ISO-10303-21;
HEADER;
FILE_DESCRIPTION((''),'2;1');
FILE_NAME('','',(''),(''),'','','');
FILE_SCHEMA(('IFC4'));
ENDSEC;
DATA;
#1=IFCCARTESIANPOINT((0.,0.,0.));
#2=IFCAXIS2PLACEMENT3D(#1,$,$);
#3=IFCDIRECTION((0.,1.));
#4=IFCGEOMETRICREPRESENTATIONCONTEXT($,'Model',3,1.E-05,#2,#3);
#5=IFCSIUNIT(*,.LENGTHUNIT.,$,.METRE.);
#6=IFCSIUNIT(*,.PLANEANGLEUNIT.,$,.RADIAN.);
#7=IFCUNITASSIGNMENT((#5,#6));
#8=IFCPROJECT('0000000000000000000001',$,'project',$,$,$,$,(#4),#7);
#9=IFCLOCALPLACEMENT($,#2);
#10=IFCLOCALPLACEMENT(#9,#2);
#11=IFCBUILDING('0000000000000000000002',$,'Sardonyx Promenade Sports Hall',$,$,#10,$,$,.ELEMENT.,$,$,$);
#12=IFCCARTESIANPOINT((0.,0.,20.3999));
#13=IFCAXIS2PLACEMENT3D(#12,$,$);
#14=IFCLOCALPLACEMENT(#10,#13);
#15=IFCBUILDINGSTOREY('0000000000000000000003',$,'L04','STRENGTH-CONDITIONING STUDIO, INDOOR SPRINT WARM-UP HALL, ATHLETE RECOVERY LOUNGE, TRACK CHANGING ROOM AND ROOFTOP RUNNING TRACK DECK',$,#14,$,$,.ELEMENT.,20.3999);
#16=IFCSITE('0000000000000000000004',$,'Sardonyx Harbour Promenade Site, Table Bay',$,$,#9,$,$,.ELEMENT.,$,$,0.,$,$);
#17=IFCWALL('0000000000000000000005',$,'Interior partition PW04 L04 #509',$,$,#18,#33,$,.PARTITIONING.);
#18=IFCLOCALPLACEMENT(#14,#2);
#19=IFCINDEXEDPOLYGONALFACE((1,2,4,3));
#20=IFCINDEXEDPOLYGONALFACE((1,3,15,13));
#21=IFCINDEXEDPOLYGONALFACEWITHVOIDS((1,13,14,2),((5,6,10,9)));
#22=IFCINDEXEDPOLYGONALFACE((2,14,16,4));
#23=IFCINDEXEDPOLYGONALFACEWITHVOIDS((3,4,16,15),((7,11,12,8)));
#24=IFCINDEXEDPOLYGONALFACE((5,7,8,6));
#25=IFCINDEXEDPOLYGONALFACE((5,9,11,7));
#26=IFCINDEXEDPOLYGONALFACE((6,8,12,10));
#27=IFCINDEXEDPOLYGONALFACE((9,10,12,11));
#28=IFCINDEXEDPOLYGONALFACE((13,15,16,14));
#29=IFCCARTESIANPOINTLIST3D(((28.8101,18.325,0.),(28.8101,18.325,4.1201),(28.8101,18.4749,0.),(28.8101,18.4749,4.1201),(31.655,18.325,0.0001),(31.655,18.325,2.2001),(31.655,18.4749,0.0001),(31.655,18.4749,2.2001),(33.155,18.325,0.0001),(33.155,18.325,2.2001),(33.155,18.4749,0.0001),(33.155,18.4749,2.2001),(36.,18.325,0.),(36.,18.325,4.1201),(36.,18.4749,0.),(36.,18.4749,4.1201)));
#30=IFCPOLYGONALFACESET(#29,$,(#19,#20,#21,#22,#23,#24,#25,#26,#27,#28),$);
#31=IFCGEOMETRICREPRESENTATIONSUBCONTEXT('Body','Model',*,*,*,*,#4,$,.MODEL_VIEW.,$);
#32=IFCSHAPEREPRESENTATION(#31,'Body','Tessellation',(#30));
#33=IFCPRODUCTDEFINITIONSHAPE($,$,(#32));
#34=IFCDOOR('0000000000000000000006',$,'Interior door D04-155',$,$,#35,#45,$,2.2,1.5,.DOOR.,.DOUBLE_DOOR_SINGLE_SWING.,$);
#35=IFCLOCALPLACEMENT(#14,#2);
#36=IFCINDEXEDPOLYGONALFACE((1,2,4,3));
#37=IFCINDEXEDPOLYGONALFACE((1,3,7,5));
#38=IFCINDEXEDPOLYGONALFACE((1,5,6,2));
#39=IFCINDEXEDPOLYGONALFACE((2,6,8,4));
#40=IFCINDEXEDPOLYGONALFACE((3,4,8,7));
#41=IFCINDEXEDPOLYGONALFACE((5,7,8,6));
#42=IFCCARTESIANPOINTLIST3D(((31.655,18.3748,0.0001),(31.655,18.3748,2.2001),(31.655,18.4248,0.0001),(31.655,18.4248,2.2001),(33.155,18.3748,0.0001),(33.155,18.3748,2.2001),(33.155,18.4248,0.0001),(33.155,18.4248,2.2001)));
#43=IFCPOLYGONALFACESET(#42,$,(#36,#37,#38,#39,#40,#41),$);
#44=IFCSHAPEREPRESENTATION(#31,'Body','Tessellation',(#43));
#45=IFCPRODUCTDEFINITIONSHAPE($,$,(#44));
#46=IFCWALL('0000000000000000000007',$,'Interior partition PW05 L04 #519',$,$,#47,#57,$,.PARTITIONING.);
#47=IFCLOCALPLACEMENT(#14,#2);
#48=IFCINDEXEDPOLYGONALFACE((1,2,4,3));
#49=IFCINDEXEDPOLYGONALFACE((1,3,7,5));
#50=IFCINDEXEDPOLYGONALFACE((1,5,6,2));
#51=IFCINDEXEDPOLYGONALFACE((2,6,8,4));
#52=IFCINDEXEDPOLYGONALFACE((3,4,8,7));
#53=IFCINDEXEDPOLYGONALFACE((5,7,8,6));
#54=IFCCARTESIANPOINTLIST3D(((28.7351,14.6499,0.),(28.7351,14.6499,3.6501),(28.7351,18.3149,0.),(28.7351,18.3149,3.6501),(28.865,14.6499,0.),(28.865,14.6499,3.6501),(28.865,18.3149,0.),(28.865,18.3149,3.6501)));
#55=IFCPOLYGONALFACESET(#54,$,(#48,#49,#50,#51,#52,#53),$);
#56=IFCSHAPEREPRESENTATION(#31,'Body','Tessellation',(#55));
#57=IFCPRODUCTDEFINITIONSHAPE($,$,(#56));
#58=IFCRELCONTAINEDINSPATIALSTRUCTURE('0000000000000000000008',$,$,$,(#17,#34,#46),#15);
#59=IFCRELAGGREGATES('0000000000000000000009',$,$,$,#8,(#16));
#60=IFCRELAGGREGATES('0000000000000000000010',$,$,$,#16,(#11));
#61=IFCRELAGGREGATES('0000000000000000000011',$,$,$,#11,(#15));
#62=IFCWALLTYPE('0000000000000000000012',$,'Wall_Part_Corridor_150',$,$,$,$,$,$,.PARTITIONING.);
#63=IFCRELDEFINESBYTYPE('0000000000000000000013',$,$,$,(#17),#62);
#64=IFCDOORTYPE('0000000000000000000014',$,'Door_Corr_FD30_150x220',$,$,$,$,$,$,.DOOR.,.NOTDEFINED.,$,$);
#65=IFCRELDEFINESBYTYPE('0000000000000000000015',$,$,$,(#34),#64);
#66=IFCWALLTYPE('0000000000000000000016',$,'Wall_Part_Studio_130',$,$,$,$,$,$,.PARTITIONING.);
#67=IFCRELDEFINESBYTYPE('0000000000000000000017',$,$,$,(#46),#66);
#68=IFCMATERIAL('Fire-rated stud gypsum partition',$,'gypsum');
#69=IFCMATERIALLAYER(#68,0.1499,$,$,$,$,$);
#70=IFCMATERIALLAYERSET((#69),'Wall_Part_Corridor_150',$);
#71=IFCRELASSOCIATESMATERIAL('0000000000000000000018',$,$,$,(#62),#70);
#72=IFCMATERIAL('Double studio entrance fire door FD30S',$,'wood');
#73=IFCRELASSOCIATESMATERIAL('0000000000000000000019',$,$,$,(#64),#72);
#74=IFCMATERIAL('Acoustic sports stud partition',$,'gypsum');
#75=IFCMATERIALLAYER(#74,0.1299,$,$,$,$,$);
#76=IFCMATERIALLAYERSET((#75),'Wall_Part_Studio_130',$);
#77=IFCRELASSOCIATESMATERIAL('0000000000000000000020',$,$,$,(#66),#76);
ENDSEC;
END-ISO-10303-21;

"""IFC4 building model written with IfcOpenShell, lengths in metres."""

from ifc_helpers import new_model, si_unit, direction, frame, frame_2d, origin, place, context, subcontext, project, spatial, rectangle, extrude, material, layer, layer_set, type_object, element, fill, save


model = new_model("IFC4")

# Units and contexts
model_context = context("Model", 3, precision=1e-05, world=origin(), true_north=direction((0.0, 1.0)))
body_context = subcontext(model_context, "Body", "Model", "MODEL_VIEW")
ifc_project = project(units=[si_unit("LENGTHUNIT", "METRE"), si_unit("PLANEANGLEUNIT", "RADIAN")], contexts=[model_context])

# Site, building, storey
site_placement = place(None, origin())
site = spatial("IfcSite", under=ifc_project, at=site_placement, Name="Sardonyx Harbour Promenade Site, Table Bay", CompositionType="ELEMENT", RefElevation=0.0)
building_placement = place(site_placement, origin())
building = spatial("IfcBuilding", under=site, at=building_placement, Name="Sardonyx Promenade Sports Hall", CompositionType="ELEMENT")
storey_placement = place(building_placement, frame((0.0, 0.0, 20.3999)))
storey = spatial("IfcBuildingStorey", under=building, at=storey_placement, Name="L04", Description="STRENGTH-CONDITIONING STUDIO, INDOOR SPRINT WARM-UP HALL, ATHLETE RECOVERY LOUNGE, TRACK CHANGING ROOM AND ROOFTOP RUNNING TRACK DECK", CompositionType="ELEMENT", Elevation=20.3999)

# Shared definitions
ifc_material_1 = material(Name="Fire-rated stud gypsum partition", Category="gypsum")
ifc_layer_1 = layer(ifc_material_1, 0.1499)
ifc_layer_set_1 = layer_set([ifc_layer_1], Name="Wall_Part_Corridor_150")
wall_type_1 = type_object("IfcWallType", Name="Wall_Part_Corridor_150", PredefinedType="PARTITIONING", material=ifc_layer_set_1)

# Wall, opening, door
wall_1_placement = place(storey_placement, frame((28.8101, 18.3999, 0.0), z_axis=(0.0, 0.0, 1.0), x_axis=(1.0, 0.0, 0.0)))
wall_1 = element("IfcWall", 1, at=wall_1_placement, inside=storey, type_object=wall_type_1, Name="Interior partition PW04 L04 #509", PredefinedType="PARTITIONING", context=body_context, shape_type="SweptSolid", body=[
    extrude(rectangle(XDim=7.1899, YDim=0.1499, at=frame_2d((3.595, 0.0))), origin(), (0.0, 0.0, 1.0), 4.1201),
])
opening_1_placement = place(wall_1_placement, frame((2.845, 0.0, 0.0)))
opening_1 = element("IfcOpeningElement", 2, at=opening_1_placement, cuts=wall_1, PredefinedType="OPENING", context=body_context, shape_type="SweptSolid", body=[
    extrude(rectangle(XDim=1.5, YDim=2.2, at=frame_2d((0.75, 1.1001))), frame((0.0, 0.085, 0.0), z_axis=(0.0, -1.0, 0.0), x_axis=(1.0, 0.0, 0.0)), (0.0, 0.0, 1.0), 0.17),
])
ifc_material_2 = material(Name="Double studio entrance fire door FD30S", Category="wood")
door_type_1 = type_object("IfcDoorType", Name="Door_Corr_FD30_150x220", OperationType="NOTDEFINED", PredefinedType="DOOR", material=ifc_material_2)
door_1_placement = place(opening_1_placement, origin())
door_1 = element("IfcDoor", 3, at=door_1_placement, inside=storey, type_object=door_type_1, Name="Interior door D04-155", OperationType="DOUBLE_DOOR_SINGLE_SWING", OverallHeight=2.2, OverallWidth=1.5, PredefinedType="DOOR", context=body_context, shape_type="SweptSolid", body=[
    extrude(rectangle(XDim=1.5, YDim=2.2, at=frame_2d((0.75, 1.1001))), frame((0.0, 0.0249, 0.0), z_axis=(0.0, -1.0, 0.0), x_axis=(1.0, 0.0, 0.0)), (0.0, 0.0, 1.0), 0.05),
])
fill(opening_1, door_1)

# Wall
ifc_material_3 = material(Name="Acoustic sports stud partition", Category="gypsum")
ifc_layer_2 = layer(ifc_material_3, 0.1299)
ifc_layer_set_2 = layer_set([ifc_layer_2], Name="Wall_Part_Studio_130")
wall_type_2 = type_object("IfcWallType", Name="Wall_Part_Studio_130", PredefinedType="PARTITIONING", material=ifc_layer_set_2)
wall_2_placement = place(storey_placement, frame((28.8, 14.6499, 0.0), z_axis=(0.0, 0.0, 1.0), x_axis=(0.0, 1.0, 0.0)))
element("IfcWall", 4, at=wall_2_placement, inside=storey, type_object=wall_type_2, Name="Interior partition PW05 L04 #519", PredefinedType="PARTITIONING", context=body_context, shape_type="SweptSolid", body=[
    extrude(rectangle(XDim=3.665, YDim=0.1299, at=frame_2d((1.8325, 0.0))), origin(), (0.0, 0.0, 1.0), 3.6501),
])

save(model, "model.ifc")
